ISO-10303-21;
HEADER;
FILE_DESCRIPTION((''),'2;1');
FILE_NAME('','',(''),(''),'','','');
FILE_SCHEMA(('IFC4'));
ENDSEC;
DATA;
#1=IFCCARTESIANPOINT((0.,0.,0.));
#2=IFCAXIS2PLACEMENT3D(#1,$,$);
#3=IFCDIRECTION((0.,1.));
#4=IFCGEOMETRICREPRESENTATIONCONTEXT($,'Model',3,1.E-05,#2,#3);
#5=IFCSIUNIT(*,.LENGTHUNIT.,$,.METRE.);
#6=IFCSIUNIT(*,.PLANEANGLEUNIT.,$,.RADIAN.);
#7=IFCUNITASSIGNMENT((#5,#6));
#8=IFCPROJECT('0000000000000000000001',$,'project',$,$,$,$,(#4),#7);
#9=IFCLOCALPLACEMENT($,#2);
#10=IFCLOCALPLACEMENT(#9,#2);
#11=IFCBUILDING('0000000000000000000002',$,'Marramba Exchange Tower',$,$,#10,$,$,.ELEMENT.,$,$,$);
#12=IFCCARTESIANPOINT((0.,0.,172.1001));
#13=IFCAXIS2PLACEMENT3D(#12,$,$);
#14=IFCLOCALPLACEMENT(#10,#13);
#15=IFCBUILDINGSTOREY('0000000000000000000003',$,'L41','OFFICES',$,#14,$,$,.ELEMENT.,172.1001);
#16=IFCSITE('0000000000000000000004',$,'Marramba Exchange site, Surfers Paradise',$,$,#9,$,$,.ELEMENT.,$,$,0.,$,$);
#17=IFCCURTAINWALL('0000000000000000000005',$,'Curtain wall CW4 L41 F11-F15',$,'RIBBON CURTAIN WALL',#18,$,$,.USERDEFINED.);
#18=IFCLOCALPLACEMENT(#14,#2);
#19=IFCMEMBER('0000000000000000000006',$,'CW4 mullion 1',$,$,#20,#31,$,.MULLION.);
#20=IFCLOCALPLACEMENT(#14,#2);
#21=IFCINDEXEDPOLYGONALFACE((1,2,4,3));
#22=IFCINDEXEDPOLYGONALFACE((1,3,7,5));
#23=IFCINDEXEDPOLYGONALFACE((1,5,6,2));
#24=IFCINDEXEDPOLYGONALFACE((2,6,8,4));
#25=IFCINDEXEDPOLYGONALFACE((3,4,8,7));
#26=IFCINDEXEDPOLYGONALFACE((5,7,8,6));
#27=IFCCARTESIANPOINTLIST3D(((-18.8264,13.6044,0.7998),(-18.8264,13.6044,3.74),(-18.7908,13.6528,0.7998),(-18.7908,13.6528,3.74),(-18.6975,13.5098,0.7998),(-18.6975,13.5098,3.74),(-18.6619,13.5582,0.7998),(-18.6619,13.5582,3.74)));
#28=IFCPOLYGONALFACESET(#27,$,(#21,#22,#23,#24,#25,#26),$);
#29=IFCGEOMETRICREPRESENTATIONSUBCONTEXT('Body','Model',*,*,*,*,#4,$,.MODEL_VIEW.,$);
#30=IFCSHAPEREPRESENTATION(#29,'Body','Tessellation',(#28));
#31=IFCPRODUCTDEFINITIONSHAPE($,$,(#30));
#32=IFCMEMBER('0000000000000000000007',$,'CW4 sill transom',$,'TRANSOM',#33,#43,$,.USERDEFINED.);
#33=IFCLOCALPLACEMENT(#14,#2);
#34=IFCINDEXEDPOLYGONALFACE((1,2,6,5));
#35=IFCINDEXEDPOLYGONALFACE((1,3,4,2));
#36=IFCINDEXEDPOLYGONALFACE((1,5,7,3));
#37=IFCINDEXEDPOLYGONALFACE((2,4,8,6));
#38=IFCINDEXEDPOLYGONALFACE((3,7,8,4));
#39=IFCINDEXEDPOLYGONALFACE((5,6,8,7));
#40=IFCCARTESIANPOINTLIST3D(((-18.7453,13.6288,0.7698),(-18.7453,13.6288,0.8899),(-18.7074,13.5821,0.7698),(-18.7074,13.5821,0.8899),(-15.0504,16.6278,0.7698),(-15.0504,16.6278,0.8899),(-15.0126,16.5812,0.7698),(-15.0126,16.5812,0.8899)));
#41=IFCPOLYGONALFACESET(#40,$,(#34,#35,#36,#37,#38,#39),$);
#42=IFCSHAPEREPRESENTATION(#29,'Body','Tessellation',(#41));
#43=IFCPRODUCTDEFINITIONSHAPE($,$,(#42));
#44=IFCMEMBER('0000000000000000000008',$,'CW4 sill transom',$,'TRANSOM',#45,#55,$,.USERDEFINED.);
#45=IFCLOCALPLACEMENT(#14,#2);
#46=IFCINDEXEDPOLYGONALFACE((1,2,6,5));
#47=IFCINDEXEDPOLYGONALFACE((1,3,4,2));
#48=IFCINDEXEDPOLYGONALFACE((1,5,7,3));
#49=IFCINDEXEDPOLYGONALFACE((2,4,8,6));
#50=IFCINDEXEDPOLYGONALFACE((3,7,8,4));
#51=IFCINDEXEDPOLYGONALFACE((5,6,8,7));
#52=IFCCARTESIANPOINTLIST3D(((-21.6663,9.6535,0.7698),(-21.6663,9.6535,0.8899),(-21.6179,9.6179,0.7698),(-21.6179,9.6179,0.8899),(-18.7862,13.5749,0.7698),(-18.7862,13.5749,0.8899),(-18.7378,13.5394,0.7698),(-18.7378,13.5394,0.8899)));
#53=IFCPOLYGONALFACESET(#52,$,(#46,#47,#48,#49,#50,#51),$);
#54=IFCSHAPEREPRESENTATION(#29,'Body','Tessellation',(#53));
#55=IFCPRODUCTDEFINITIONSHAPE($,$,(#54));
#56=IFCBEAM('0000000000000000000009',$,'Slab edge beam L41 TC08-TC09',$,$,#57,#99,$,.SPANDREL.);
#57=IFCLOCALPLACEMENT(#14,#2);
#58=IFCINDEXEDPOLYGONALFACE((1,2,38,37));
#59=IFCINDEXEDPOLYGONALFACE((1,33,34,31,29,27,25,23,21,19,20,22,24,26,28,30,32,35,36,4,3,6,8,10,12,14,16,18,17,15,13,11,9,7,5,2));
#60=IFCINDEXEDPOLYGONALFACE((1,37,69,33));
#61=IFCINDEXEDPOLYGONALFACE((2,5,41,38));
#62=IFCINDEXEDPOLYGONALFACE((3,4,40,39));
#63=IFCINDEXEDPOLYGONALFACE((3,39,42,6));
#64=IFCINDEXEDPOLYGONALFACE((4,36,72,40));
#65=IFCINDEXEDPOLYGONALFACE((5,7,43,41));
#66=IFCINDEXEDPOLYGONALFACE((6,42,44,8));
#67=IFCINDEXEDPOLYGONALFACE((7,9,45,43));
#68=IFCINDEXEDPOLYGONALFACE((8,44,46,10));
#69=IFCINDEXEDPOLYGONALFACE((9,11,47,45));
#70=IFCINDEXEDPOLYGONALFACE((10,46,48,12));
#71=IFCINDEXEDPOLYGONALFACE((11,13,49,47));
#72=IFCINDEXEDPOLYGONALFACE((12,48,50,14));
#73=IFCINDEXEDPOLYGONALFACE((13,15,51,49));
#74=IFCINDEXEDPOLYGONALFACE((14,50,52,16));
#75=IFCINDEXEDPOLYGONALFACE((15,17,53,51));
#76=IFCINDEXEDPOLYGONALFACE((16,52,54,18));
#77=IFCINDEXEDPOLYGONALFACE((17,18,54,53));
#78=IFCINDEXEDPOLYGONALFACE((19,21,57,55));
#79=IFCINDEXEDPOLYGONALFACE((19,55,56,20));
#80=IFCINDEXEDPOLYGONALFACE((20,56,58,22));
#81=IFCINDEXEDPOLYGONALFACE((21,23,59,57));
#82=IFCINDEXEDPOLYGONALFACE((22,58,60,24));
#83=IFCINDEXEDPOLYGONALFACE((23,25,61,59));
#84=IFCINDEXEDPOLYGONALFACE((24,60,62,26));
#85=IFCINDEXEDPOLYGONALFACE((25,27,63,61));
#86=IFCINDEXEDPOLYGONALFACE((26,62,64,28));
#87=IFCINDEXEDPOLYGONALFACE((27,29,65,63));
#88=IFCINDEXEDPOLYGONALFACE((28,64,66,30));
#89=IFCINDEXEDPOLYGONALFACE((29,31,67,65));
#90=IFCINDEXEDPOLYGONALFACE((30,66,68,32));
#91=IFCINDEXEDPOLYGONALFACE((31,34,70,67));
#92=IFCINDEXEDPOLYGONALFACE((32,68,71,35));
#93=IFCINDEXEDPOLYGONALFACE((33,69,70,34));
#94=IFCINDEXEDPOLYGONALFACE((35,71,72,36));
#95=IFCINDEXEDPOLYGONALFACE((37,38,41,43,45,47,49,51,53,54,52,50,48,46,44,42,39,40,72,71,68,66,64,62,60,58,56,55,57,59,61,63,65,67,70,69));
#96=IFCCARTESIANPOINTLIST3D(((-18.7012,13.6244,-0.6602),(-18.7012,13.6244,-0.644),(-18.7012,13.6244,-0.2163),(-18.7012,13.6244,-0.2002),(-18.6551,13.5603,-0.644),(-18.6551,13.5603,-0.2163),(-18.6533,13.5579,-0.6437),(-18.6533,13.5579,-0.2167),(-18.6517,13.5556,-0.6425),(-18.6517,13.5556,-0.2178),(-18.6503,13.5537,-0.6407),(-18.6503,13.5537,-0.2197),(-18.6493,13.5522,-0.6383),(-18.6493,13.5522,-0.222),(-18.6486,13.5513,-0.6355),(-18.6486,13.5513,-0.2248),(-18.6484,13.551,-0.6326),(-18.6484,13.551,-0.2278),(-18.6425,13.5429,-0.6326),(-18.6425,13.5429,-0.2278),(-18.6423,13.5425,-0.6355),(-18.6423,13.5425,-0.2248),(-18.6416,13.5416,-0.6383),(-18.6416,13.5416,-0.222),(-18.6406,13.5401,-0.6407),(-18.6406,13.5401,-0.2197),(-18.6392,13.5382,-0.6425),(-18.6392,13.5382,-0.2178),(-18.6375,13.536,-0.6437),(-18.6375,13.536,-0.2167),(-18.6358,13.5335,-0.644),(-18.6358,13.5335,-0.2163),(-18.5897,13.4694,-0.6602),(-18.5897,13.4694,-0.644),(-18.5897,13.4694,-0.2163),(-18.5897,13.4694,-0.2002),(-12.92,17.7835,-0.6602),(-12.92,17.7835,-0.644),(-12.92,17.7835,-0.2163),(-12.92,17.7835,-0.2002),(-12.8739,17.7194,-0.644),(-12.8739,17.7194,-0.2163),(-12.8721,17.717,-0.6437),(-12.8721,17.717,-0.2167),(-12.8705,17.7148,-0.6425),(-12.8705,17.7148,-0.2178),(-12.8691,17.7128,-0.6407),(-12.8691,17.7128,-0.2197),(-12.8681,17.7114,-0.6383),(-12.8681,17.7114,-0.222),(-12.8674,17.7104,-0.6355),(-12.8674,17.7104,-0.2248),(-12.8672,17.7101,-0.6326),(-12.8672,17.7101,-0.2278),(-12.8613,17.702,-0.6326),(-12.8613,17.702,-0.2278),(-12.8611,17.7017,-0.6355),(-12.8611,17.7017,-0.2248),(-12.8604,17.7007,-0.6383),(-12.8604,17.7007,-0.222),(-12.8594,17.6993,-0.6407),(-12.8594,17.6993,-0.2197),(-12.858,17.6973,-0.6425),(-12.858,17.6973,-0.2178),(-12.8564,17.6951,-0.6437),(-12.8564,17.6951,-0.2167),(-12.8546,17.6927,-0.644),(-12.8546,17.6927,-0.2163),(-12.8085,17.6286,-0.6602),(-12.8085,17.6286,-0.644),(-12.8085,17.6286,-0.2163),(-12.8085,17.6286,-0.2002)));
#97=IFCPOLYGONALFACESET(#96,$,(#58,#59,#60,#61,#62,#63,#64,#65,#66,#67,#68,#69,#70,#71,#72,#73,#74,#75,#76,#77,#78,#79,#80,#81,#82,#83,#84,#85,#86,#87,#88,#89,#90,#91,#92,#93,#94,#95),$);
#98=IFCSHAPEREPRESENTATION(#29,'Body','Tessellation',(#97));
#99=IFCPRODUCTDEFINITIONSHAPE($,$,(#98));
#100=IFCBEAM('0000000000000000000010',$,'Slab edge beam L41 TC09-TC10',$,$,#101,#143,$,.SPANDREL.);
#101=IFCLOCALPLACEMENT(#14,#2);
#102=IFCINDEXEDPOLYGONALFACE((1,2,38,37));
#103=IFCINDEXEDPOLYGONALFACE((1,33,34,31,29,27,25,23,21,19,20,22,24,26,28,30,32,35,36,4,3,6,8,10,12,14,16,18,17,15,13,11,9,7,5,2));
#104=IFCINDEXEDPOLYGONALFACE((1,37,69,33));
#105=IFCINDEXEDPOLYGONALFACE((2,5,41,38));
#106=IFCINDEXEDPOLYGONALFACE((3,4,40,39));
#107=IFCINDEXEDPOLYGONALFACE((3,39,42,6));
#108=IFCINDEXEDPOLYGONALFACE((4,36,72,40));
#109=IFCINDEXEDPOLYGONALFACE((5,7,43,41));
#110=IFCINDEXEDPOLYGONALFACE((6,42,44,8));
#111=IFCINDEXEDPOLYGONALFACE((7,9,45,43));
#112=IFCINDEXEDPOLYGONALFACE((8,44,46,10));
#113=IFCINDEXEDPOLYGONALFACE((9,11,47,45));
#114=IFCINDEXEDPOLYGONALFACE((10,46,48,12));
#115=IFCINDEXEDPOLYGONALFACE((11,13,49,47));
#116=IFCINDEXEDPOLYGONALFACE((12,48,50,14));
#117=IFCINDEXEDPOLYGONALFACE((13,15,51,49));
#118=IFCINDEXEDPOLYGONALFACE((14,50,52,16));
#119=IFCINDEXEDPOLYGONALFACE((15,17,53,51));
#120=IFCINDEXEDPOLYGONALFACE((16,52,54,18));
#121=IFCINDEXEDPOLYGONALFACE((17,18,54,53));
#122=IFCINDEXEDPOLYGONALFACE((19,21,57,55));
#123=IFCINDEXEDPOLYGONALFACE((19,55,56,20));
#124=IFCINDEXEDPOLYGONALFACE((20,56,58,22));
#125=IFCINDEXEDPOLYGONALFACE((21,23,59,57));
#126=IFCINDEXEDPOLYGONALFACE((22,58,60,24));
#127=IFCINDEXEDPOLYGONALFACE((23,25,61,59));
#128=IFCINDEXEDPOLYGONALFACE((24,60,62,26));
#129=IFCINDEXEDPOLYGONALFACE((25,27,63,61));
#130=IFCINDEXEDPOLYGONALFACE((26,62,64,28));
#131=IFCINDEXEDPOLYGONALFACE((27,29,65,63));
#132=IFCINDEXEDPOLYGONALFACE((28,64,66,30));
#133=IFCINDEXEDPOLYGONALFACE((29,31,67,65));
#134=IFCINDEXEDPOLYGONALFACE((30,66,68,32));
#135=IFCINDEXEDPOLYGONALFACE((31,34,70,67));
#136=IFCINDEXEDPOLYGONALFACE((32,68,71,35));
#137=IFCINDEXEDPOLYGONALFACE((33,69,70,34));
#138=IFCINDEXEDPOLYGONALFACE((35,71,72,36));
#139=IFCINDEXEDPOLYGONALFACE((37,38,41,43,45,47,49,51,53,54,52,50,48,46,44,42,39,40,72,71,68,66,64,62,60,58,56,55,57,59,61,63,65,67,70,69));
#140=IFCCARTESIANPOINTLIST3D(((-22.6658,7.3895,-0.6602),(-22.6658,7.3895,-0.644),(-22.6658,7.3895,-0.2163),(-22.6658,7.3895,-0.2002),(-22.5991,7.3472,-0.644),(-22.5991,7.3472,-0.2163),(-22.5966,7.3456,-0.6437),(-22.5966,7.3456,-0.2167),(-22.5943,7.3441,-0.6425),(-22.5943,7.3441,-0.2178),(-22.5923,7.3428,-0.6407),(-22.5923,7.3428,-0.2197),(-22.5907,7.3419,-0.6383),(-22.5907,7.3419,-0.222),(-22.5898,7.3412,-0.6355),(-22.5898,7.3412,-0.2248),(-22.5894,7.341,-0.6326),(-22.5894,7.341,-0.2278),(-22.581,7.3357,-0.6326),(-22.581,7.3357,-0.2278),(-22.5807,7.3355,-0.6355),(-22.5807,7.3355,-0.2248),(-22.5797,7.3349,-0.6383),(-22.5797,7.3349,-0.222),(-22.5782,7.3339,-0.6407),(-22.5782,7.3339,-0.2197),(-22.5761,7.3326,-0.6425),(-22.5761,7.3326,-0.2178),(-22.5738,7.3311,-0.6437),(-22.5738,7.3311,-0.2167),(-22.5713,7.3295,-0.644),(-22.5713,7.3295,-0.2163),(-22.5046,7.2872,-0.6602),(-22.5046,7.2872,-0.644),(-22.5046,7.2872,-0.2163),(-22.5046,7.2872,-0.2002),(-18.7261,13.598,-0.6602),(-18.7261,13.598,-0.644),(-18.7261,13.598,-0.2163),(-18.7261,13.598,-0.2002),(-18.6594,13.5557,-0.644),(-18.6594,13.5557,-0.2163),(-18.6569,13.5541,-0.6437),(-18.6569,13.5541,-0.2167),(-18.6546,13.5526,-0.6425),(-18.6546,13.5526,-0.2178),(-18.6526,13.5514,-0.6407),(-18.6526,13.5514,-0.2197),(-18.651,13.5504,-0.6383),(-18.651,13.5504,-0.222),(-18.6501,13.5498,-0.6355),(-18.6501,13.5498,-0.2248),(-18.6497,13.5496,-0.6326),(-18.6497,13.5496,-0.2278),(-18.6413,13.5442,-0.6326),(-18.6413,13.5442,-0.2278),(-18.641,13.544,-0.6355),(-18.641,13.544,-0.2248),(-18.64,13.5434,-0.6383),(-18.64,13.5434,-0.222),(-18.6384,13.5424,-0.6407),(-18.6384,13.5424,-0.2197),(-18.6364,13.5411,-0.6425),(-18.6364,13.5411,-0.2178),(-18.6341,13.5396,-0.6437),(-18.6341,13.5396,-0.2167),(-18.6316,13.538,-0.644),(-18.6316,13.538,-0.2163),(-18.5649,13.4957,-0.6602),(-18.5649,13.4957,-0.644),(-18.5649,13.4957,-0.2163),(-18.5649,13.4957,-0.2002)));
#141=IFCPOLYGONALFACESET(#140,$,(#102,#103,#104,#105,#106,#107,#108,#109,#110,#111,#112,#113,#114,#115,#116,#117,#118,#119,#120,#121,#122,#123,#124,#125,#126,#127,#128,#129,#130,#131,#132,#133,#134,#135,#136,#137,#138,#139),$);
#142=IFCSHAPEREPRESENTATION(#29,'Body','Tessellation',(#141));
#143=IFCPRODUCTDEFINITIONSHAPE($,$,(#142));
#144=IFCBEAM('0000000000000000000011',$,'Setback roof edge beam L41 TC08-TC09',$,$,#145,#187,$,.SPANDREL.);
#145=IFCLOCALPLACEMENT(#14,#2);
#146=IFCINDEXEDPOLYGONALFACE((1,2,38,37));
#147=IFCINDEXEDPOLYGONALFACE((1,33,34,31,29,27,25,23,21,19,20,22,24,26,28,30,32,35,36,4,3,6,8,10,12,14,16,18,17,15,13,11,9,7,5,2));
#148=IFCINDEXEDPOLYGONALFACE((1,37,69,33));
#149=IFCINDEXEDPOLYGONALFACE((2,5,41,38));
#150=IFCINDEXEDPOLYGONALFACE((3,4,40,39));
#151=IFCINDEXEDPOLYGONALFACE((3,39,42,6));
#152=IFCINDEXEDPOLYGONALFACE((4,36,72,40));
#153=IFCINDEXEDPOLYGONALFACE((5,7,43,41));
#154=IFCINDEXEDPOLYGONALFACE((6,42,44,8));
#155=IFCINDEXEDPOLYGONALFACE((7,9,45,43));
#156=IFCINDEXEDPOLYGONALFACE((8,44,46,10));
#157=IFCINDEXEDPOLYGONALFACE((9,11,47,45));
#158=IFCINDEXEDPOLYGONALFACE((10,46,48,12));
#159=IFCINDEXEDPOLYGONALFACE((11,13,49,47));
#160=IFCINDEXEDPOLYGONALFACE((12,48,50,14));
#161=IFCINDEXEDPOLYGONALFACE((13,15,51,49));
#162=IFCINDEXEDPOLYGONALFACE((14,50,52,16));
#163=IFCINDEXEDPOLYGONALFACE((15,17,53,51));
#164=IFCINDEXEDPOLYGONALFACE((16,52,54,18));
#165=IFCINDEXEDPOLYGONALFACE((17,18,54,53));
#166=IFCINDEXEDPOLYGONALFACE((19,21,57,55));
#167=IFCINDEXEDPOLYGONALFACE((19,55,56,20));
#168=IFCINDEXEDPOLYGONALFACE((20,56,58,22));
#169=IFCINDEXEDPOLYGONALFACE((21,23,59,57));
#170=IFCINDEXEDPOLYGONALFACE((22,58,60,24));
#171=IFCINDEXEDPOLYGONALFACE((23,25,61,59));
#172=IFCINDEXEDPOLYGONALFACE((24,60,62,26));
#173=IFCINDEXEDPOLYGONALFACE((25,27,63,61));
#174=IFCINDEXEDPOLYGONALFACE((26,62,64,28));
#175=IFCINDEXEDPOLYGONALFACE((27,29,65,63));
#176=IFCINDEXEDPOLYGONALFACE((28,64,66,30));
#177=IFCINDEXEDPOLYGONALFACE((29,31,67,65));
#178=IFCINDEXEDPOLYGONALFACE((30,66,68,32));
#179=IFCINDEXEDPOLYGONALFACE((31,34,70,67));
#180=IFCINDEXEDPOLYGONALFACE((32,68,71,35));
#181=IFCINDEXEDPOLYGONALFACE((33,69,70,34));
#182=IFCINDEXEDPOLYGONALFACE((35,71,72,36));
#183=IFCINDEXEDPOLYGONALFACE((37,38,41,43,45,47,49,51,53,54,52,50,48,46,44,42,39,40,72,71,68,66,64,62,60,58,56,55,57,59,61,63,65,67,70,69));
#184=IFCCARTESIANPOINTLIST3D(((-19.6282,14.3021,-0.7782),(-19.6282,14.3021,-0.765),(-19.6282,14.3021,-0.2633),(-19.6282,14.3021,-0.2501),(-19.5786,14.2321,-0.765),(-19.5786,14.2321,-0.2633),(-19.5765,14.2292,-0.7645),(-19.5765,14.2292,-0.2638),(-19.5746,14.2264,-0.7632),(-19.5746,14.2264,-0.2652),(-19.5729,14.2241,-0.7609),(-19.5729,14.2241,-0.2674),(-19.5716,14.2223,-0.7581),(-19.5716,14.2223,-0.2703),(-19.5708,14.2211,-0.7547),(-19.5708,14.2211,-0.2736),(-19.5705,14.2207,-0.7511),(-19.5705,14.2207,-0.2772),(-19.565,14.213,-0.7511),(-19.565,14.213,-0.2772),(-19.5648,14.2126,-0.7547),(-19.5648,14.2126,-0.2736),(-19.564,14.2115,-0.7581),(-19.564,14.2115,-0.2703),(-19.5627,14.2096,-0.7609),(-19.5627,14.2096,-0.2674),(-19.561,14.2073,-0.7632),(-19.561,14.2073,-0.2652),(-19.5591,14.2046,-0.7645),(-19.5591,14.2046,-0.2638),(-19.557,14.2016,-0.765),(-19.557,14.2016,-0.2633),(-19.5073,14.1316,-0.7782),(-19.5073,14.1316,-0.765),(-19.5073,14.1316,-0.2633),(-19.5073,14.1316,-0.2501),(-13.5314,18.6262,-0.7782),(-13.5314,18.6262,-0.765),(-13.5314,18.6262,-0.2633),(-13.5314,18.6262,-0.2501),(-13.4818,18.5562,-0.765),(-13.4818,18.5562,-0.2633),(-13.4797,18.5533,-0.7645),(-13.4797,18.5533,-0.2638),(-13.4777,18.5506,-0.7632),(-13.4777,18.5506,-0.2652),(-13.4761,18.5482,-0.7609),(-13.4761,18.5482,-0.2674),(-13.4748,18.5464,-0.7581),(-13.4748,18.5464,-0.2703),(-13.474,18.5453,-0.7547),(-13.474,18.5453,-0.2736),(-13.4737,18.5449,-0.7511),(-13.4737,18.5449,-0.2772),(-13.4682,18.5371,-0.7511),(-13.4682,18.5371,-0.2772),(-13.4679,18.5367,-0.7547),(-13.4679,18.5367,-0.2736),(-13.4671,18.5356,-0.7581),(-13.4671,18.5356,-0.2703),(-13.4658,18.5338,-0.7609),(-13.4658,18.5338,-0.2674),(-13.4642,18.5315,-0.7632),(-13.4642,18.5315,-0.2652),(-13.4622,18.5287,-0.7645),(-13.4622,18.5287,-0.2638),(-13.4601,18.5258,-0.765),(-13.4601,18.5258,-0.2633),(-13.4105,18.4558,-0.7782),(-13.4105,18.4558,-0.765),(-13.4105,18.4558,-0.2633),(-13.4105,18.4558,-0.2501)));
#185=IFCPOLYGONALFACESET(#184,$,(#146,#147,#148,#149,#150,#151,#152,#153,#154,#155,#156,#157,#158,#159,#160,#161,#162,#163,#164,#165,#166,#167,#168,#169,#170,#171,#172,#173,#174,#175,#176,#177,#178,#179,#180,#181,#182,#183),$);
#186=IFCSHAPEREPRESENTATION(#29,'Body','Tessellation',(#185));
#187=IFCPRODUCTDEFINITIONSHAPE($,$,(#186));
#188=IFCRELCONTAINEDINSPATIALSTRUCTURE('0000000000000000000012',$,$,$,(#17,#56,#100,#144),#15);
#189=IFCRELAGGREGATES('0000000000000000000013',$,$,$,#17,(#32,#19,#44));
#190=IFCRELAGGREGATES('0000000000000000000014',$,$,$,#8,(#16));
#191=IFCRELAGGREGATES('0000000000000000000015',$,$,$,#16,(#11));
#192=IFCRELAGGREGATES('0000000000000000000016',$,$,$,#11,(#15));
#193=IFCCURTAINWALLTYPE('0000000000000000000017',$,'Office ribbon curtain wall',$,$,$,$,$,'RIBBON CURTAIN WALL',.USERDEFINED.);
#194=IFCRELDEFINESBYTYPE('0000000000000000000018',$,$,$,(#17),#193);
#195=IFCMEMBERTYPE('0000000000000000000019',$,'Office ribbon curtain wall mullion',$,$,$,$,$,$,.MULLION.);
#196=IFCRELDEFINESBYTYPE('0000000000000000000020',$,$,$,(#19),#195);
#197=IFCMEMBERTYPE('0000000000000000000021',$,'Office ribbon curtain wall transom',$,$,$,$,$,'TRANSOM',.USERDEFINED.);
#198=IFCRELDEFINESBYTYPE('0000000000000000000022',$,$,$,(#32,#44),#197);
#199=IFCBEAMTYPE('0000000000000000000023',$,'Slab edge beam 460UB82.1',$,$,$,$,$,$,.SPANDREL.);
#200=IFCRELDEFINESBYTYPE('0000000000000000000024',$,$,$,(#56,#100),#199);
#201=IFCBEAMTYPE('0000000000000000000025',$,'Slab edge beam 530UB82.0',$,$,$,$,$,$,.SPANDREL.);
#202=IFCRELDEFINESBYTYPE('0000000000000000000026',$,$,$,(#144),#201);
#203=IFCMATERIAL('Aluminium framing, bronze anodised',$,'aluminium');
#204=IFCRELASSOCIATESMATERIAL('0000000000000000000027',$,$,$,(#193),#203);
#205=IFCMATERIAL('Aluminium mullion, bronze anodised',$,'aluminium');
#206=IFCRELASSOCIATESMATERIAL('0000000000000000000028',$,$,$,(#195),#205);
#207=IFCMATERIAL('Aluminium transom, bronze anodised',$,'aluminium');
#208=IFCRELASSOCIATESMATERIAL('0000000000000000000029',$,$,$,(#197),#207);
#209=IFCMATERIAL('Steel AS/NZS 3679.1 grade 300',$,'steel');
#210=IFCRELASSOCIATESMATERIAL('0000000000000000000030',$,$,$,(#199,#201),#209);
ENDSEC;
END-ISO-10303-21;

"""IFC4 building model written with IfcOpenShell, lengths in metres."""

from ifc_helpers import new_model, si_unit, direction, frame, origin, origin_2d, place, context, subcontext, project, spatial, rectangle, i_section, extrude, material, material_profile, profile_set, type_object, element, aggregate, save


model = new_model("IFC4")

# Units and contexts
model_context = context("Model", 3, precision=1e-05, world=origin(), true_north=direction((0.0, 1.0)))
body_context = subcontext(model_context, "Body", "Model", "MODEL_VIEW")
ifc_project = project(units=[si_unit("LENGTHUNIT", "METRE"), si_unit("PLANEANGLEUNIT", "RADIAN")], contexts=[model_context])

# Site, building, storey
site_placement = place(None, origin())
site = spatial("IfcSite", under=ifc_project, at=site_placement, Name="Marramba Exchange site, Surfers Paradise", CompositionType="ELEMENT", RefElevation=0.0)
building_placement = place(site_placement, origin())
building = spatial("IfcBuilding", under=site, at=building_placement, Name="Marramba Exchange Tower", CompositionType="ELEMENT")
storey_placement = place(building_placement, frame((0.0, 0.0, 172.1001)))
storey = spatial("IfcBuildingStorey", under=building, at=storey_placement, Name="L41", Description="OFFICES", CompositionType="ELEMENT", Elevation=172.1001)

# Shared definitions
ifc_material_1 = material(Name="Steel AS/NZS 3679.1 grade 300", Category="steel")

# Curtain wall, members
ifc_material_2 = material(Name="Aluminium framing, bronze anodised", Category="aluminium")
curtain_wall_type = type_object("IfcCurtainWallType", Name="Office ribbon curtain wall", ElementType="RIBBON CURTAIN WALL", PredefinedType="USERDEFINED", material=ifc_material_2)
curtain_wall_placement = place(storey_placement, origin())
curtain_wall = element("IfcCurtainWall", 1, at=curtain_wall_placement, inside=storey, type_object=curtain_wall_type, Name="Curtain wall CW4 L41 F11-F15", ObjectType="RIBBON CURTAIN WALL", PredefinedType="USERDEFINED")
ifc_material_3 = material(Name="Aluminium mullion, bronze anodised", Category="aluminium")
ifc_material_profile_1 = material_profile(ifc_material_3, rectangle(XDim=0.1599, YDim=0.0601, at=origin_2d()), Name="CW4 mullion 60x160")
ifc_profile_set_1 = profile_set([ifc_material_profile_1], Name="Aluminium mullion, bronze anodised")
member_type_1 = type_object("IfcMemberType", Name="Office ribbon curtain wall mullion", PredefinedType="MULLION", material=ifc_profile_set_1)
member_1_placement = place(storey_placement, frame((-18.7441, 13.5813, 0.7998), z_axis=(0.0, 0.0, 1.0), x_axis=(0.805965, -0.591963, 0.0)))
member_1 = element("IfcMember", 2, at=member_1_placement, type_object=member_type_1, Name="CW4 mullion 1", PredefinedType="MULLION", context=body_context, shape_type="SweptSolid", body=[
    extrude(rectangle(XDim=0.1599, YDim=0.0601, at=origin_2d()), origin(), (0.0, 0.0, 1.0), 2.9402),
])
ifc_material_4 = material(Name="Aluminium transom, bronze anodised", Category="aluminium")
ifc_material_profile_2 = material_profile(ifc_material_4, rectangle(XDim=0.0601, YDim=0.1201, at=origin_2d()), Name="CW4 transom 60x120")
ifc_profile_set_2 = profile_set([ifc_material_profile_2], Name="Aluminium transom, bronze anodised")
member_type_2 = type_object("IfcMemberType", Name="Office ribbon curtain wall transom", ElementType="TRANSOM", PredefinedType="USERDEFINED", material=ifc_profile_set_2)
member_2_placement = place(storey_placement, frame((-15.0315, 16.6045, 0.8298), z_axis=(-0.776425, -0.63021, 0.0), x_axis=(0.63021, -0.776425, 0.0)))
member_2 = element("IfcMember", 3, at=member_2_placement, type_object=member_type_2, Name="CW4 sill transom", ObjectType="TRANSOM", PredefinedType="USERDEFINED", context=body_context, shape_type="SweptSolid", body=[
    extrude(rectangle(XDim=0.0601, YDim=0.1201, at=origin_2d()), origin(), (0.0, 0.0, 1.0), 4.7588),
])
member_3_placement = place(storey_placement, frame((-18.762, 13.5571, 0.8298), z_axis=(-0.591957, -0.805969, 0.0), x_axis=(0.805969, -0.591957, 0.0)))
member_3 = element("IfcMember", 4, at=member_3_placement, type_object=member_type_2, Name="CW4 sill transom", ObjectType="TRANSOM", PredefinedType="USERDEFINED", context=body_context, shape_type="SweptSolid", body=[
    extrude(rectangle(XDim=0.0601, YDim=0.1201, at=origin_2d()), origin(), (0.0, 0.0, 1.0), 4.8655),
])

# Beams
ifc_material_profile_3 = material_profile(ifc_material_1, i_section(OverallWidth=0.1909, OverallDepth=0.46, WebThickness=0.01, FlangeThickness=0.0161, FilletRadius=0.0115, at=origin_2d()), Name="460UB82.1")
ifc_profile_set_3 = profile_set([ifc_material_profile_3], Name="Steel AS/NZS 3679.1 grade 300")
beam_type_1 = type_object("IfcBeamType", Name="Slab edge beam 460UB82.1", PredefinedType="SPANDREL", material=ifc_profile_set_3)
beam_1_placement = place(storey_placement, frame((-12.8643, 17.7061, -0.4302), z_axis=(-0.811755, -0.583998, 0.0), x_axis=(0.583998, -0.811755, 0.0)))
element("IfcBeam", 5, at=beam_1_placement, inside=storey, type_object=beam_type_1, Name="Slab edge beam L41 TC08-TC09", PredefinedType="SPANDREL", context=body_context, shape_type="SweptSolid", body=[
    extrude(i_section(OverallWidth=0.1909, OverallDepth=0.46, WebThickness=0.01, FlangeThickness=0.0161, FilletRadius=0.0115, at=origin_2d()), origin(), (0.0, 0.0, 1.0), 7.1218),
])
beam_2_placement = place(storey_placement, frame((-18.6455, 13.5469, -0.4302), z_axis=(-0.535794, -0.844348, 0.0), x_axis=(0.844348, -0.535794, 0.0)))
element("IfcBeam", 6, at=beam_2_placement, inside=storey, type_object=beam_type_1, Name="Slab edge beam L41 TC09-TC10", PredefinedType="SPANDREL", context=body_context, shape_type="SweptSolid", body=[
    extrude(i_section(OverallWidth=0.1909, OverallDepth=0.46, WebThickness=0.01, FlangeThickness=0.0161, FilletRadius=0.0115, at=origin_2d()), origin(), (0.0, 0.0, 1.0), 7.353),
])
ifc_material_profile_4 = material_profile(ifc_material_1, i_section(OverallWidth=0.209, OverallDepth=0.5281, WebThickness=0.0095, FlangeThickness=0.0132, FilletRadius=0.0139, at=origin_2d()), Name="530UB82.0")
ifc_profile_set_4 = profile_set([ifc_material_profile_4], Name="Steel AS/NZS 3679.1 grade 300")
beam_type_2 = type_object("IfcBeamType", Name="Slab edge beam 530UB82.0", PredefinedType="SPANDREL", material=ifc_profile_set_4)
beam_3_placement = place(storey_placement, frame((-13.4709, 18.541, -0.5142), z_axis=(-0.815673, -0.578513, 0.0), x_axis=(0.578513, -0.815673, 0.0)))
element("IfcBeam", 7, at=beam_3_placement, inside=storey, type_object=beam_type_2, Name="Setback roof edge beam L41 TC08-TC09", PredefinedType="SPANDREL", context=body_context, shape_type="SweptSolid", body=[
    extrude(i_section(OverallWidth=0.209, OverallDepth=0.5281, WebThickness=0.0095, FlangeThickness=0.0132, FilletRadius=0.0139, at=origin_2d()), origin(), (0.0, 0.0, 1.0), 7.4746),
])

aggregate(curtain_wall, [member_2, member_1, member_3])

save(model, "model.ifc")
